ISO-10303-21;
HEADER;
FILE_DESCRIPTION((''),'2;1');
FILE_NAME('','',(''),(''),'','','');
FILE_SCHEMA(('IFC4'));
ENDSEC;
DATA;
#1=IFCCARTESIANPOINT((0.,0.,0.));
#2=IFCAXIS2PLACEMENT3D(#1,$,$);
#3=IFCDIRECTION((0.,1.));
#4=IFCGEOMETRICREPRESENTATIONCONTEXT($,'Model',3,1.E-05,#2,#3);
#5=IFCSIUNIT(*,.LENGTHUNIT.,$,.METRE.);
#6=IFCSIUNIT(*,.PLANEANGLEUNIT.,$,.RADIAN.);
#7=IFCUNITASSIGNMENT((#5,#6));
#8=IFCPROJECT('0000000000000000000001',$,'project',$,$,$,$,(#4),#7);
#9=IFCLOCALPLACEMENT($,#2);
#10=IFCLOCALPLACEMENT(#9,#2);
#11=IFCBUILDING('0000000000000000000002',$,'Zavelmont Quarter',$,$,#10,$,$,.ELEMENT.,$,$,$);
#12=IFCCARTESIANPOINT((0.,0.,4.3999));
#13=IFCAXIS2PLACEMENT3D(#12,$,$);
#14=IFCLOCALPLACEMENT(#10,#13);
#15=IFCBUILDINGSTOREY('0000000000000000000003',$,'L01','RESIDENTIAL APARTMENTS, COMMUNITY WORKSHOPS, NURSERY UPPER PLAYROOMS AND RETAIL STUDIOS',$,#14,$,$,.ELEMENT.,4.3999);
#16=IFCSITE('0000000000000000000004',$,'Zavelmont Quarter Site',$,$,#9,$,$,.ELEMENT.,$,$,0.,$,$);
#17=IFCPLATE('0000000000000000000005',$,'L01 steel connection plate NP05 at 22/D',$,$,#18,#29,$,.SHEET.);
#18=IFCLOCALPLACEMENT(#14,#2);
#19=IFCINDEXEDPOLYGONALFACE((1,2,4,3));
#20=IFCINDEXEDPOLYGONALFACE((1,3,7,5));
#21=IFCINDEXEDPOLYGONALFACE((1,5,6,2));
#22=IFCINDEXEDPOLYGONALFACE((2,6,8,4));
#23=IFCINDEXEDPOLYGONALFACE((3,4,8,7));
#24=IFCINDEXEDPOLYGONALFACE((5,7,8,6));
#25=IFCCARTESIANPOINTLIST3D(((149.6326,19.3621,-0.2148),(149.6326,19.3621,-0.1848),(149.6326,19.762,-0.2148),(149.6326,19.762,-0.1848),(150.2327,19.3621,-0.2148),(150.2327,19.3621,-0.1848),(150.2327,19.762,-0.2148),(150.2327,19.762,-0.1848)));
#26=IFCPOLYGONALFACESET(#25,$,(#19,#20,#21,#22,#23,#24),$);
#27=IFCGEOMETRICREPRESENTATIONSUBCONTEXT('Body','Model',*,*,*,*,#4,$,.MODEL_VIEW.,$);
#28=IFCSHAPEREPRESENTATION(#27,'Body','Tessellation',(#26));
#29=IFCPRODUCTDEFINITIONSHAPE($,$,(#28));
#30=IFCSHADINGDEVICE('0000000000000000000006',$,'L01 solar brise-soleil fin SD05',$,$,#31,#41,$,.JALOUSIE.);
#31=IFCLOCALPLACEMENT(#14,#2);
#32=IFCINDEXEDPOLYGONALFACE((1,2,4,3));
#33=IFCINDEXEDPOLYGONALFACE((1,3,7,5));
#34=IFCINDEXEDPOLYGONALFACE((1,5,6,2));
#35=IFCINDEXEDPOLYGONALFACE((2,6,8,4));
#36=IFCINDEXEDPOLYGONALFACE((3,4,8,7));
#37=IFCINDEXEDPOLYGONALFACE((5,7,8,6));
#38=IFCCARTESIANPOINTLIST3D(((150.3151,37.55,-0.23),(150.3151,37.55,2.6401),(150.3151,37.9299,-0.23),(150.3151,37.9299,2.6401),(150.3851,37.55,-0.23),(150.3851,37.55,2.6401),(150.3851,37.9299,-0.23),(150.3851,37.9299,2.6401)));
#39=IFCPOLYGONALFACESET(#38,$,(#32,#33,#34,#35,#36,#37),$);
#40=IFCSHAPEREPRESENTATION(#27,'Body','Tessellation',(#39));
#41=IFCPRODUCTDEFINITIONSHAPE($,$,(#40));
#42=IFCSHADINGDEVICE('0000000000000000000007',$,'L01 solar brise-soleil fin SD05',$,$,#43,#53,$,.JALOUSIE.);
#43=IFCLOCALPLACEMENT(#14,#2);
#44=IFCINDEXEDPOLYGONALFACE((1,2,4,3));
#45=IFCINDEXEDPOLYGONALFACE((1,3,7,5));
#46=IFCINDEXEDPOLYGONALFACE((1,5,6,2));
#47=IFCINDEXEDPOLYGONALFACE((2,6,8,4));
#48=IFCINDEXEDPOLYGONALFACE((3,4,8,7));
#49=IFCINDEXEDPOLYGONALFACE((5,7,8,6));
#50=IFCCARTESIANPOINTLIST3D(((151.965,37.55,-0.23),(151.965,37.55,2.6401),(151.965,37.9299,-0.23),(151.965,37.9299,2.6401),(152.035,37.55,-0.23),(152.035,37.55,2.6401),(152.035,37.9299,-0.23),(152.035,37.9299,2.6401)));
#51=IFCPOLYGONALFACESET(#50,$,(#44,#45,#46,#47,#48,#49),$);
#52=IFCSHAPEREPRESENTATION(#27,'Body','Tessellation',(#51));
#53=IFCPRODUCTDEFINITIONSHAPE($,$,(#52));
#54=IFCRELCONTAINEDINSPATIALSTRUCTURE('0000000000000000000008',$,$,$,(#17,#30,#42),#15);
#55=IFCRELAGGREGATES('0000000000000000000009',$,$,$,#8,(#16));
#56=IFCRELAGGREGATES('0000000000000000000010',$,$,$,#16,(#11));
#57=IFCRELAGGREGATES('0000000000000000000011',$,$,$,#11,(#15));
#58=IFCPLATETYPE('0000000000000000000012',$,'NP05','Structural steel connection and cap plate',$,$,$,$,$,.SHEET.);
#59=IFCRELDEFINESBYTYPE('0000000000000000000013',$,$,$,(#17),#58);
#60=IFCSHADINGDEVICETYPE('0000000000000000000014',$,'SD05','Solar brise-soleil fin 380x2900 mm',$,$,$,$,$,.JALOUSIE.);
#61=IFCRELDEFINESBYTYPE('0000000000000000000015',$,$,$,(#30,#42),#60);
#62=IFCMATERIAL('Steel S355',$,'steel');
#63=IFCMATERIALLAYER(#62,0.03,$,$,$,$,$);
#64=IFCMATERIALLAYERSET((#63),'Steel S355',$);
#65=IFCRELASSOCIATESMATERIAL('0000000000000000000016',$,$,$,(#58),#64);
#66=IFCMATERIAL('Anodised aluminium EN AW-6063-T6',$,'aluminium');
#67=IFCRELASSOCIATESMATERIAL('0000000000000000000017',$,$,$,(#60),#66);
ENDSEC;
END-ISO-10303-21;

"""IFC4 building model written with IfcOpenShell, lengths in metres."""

from ifc_helpers import new_model, si_unit, direction, frame, origin, origin_2d, place, context, subcontext, project, spatial, rectangle, extrude, material, layer, layer_set, type_object, element, save


model = new_model("IFC4")

# Units and contexts
model_context = context("Model", 3, precision=1e-05, world=origin(), true_north=direction((0.0, 1.0)))
body_context = subcontext(model_context, "Body", "Model", "MODEL_VIEW")
ifc_project = project(units=[si_unit("LENGTHUNIT", "METRE"), si_unit("PLANEANGLEUNIT", "RADIAN")], contexts=[model_context])

# Site, building, storey
site_placement = place(None, origin())
site = spatial("IfcSite", under=ifc_project, at=site_placement, Name="Zavelmont Quarter Site", CompositionType="ELEMENT", RefElevation=0.0)
building_placement = place(site_placement, origin())
building = spatial("IfcBuilding", under=site, at=building_placement, Name="Zavelmont Quarter", CompositionType="ELEMENT")
storey_placement = place(building_placement, frame((0.0, 0.0, 4.3999)))
storey = spatial("IfcBuildingStorey", under=building, at=storey_placement, Name="L01", Description="RESIDENTIAL APARTMENTS, COMMUNITY WORKSHOPS, NURSERY UPPER PLAYROOMS AND RETAIL STUDIOS", CompositionType="ELEMENT", Elevation=4.3999)

# Shared definitions
ifc_material_1 = material(Name="Steel S355", Category="steel")

# Plate
ifc_layer_1 = layer(ifc_material_1, 0.03)
ifc_layer_set_1 = layer_set([ifc_layer_1], Name="Steel S355")
plate_type_1 = type_object("IfcPlateType", Name="NP05", Description="Structural steel connection and cap plate", PredefinedType="SHEET", material=ifc_layer_set_1)
plate_1_placement = place(storey_placement, frame((149.9326, 19.562, -0.2148), z_axis=(0.0, 0.0, 1.0), x_axis=(1.0, 0.0, 0.0)))
element("IfcPlate", 1, at=plate_1_placement, inside=storey, type_object=plate_type_1, Name="L01 steel connection plate NP05 at 22/D", PredefinedType="SHEET", context=body_context, shape_type="SweptSolid", body=[
    extrude(rectangle(XDim=0.6001, YDim=0.3999, at=origin_2d()), origin(), (0.0, 0.0, 1.0), 0.03),
])

# Shading devices
ifc_material_2 = material(Name="Anodised aluminium EN AW-6063-T6", Category="aluminium")
shading_device_type = type_object("IfcShadingDeviceType", Name="SD05", Description="Solar brise-soleil fin 380x2900 mm", PredefinedType="JALOUSIE", material=ifc_material_2)
for number, where, z_axis, x_axis, name in (
    (2, (150.3501, 37.74, -0.23), (0.0, 0.0, 1.0), (1.0, 0.0, 0.0), "L01 solar brise-soleil fin SD05"),
    (3, (152.0, 37.74, -0.23), (0.0, 0.0, 1.0), (1.0, 0.0, 0.0), "L01 solar brise-soleil fin SD05"),
):
    element("IfcShadingDevice", number, at=place(storey_placement, frame(where, z_axis=z_axis, x_axis=x_axis)), inside=storey, type_object=shading_device_type, Name=name, PredefinedType="JALOUSIE", context=body_context, shape_type="SweptSolid", body=[
        extrude(rectangle(XDim=0.0701, YDim=0.3799, at=origin_2d()), origin(), (0.0, 0.0, 1.0), 2.8701),
    ])

save(model, "model.ifc")
